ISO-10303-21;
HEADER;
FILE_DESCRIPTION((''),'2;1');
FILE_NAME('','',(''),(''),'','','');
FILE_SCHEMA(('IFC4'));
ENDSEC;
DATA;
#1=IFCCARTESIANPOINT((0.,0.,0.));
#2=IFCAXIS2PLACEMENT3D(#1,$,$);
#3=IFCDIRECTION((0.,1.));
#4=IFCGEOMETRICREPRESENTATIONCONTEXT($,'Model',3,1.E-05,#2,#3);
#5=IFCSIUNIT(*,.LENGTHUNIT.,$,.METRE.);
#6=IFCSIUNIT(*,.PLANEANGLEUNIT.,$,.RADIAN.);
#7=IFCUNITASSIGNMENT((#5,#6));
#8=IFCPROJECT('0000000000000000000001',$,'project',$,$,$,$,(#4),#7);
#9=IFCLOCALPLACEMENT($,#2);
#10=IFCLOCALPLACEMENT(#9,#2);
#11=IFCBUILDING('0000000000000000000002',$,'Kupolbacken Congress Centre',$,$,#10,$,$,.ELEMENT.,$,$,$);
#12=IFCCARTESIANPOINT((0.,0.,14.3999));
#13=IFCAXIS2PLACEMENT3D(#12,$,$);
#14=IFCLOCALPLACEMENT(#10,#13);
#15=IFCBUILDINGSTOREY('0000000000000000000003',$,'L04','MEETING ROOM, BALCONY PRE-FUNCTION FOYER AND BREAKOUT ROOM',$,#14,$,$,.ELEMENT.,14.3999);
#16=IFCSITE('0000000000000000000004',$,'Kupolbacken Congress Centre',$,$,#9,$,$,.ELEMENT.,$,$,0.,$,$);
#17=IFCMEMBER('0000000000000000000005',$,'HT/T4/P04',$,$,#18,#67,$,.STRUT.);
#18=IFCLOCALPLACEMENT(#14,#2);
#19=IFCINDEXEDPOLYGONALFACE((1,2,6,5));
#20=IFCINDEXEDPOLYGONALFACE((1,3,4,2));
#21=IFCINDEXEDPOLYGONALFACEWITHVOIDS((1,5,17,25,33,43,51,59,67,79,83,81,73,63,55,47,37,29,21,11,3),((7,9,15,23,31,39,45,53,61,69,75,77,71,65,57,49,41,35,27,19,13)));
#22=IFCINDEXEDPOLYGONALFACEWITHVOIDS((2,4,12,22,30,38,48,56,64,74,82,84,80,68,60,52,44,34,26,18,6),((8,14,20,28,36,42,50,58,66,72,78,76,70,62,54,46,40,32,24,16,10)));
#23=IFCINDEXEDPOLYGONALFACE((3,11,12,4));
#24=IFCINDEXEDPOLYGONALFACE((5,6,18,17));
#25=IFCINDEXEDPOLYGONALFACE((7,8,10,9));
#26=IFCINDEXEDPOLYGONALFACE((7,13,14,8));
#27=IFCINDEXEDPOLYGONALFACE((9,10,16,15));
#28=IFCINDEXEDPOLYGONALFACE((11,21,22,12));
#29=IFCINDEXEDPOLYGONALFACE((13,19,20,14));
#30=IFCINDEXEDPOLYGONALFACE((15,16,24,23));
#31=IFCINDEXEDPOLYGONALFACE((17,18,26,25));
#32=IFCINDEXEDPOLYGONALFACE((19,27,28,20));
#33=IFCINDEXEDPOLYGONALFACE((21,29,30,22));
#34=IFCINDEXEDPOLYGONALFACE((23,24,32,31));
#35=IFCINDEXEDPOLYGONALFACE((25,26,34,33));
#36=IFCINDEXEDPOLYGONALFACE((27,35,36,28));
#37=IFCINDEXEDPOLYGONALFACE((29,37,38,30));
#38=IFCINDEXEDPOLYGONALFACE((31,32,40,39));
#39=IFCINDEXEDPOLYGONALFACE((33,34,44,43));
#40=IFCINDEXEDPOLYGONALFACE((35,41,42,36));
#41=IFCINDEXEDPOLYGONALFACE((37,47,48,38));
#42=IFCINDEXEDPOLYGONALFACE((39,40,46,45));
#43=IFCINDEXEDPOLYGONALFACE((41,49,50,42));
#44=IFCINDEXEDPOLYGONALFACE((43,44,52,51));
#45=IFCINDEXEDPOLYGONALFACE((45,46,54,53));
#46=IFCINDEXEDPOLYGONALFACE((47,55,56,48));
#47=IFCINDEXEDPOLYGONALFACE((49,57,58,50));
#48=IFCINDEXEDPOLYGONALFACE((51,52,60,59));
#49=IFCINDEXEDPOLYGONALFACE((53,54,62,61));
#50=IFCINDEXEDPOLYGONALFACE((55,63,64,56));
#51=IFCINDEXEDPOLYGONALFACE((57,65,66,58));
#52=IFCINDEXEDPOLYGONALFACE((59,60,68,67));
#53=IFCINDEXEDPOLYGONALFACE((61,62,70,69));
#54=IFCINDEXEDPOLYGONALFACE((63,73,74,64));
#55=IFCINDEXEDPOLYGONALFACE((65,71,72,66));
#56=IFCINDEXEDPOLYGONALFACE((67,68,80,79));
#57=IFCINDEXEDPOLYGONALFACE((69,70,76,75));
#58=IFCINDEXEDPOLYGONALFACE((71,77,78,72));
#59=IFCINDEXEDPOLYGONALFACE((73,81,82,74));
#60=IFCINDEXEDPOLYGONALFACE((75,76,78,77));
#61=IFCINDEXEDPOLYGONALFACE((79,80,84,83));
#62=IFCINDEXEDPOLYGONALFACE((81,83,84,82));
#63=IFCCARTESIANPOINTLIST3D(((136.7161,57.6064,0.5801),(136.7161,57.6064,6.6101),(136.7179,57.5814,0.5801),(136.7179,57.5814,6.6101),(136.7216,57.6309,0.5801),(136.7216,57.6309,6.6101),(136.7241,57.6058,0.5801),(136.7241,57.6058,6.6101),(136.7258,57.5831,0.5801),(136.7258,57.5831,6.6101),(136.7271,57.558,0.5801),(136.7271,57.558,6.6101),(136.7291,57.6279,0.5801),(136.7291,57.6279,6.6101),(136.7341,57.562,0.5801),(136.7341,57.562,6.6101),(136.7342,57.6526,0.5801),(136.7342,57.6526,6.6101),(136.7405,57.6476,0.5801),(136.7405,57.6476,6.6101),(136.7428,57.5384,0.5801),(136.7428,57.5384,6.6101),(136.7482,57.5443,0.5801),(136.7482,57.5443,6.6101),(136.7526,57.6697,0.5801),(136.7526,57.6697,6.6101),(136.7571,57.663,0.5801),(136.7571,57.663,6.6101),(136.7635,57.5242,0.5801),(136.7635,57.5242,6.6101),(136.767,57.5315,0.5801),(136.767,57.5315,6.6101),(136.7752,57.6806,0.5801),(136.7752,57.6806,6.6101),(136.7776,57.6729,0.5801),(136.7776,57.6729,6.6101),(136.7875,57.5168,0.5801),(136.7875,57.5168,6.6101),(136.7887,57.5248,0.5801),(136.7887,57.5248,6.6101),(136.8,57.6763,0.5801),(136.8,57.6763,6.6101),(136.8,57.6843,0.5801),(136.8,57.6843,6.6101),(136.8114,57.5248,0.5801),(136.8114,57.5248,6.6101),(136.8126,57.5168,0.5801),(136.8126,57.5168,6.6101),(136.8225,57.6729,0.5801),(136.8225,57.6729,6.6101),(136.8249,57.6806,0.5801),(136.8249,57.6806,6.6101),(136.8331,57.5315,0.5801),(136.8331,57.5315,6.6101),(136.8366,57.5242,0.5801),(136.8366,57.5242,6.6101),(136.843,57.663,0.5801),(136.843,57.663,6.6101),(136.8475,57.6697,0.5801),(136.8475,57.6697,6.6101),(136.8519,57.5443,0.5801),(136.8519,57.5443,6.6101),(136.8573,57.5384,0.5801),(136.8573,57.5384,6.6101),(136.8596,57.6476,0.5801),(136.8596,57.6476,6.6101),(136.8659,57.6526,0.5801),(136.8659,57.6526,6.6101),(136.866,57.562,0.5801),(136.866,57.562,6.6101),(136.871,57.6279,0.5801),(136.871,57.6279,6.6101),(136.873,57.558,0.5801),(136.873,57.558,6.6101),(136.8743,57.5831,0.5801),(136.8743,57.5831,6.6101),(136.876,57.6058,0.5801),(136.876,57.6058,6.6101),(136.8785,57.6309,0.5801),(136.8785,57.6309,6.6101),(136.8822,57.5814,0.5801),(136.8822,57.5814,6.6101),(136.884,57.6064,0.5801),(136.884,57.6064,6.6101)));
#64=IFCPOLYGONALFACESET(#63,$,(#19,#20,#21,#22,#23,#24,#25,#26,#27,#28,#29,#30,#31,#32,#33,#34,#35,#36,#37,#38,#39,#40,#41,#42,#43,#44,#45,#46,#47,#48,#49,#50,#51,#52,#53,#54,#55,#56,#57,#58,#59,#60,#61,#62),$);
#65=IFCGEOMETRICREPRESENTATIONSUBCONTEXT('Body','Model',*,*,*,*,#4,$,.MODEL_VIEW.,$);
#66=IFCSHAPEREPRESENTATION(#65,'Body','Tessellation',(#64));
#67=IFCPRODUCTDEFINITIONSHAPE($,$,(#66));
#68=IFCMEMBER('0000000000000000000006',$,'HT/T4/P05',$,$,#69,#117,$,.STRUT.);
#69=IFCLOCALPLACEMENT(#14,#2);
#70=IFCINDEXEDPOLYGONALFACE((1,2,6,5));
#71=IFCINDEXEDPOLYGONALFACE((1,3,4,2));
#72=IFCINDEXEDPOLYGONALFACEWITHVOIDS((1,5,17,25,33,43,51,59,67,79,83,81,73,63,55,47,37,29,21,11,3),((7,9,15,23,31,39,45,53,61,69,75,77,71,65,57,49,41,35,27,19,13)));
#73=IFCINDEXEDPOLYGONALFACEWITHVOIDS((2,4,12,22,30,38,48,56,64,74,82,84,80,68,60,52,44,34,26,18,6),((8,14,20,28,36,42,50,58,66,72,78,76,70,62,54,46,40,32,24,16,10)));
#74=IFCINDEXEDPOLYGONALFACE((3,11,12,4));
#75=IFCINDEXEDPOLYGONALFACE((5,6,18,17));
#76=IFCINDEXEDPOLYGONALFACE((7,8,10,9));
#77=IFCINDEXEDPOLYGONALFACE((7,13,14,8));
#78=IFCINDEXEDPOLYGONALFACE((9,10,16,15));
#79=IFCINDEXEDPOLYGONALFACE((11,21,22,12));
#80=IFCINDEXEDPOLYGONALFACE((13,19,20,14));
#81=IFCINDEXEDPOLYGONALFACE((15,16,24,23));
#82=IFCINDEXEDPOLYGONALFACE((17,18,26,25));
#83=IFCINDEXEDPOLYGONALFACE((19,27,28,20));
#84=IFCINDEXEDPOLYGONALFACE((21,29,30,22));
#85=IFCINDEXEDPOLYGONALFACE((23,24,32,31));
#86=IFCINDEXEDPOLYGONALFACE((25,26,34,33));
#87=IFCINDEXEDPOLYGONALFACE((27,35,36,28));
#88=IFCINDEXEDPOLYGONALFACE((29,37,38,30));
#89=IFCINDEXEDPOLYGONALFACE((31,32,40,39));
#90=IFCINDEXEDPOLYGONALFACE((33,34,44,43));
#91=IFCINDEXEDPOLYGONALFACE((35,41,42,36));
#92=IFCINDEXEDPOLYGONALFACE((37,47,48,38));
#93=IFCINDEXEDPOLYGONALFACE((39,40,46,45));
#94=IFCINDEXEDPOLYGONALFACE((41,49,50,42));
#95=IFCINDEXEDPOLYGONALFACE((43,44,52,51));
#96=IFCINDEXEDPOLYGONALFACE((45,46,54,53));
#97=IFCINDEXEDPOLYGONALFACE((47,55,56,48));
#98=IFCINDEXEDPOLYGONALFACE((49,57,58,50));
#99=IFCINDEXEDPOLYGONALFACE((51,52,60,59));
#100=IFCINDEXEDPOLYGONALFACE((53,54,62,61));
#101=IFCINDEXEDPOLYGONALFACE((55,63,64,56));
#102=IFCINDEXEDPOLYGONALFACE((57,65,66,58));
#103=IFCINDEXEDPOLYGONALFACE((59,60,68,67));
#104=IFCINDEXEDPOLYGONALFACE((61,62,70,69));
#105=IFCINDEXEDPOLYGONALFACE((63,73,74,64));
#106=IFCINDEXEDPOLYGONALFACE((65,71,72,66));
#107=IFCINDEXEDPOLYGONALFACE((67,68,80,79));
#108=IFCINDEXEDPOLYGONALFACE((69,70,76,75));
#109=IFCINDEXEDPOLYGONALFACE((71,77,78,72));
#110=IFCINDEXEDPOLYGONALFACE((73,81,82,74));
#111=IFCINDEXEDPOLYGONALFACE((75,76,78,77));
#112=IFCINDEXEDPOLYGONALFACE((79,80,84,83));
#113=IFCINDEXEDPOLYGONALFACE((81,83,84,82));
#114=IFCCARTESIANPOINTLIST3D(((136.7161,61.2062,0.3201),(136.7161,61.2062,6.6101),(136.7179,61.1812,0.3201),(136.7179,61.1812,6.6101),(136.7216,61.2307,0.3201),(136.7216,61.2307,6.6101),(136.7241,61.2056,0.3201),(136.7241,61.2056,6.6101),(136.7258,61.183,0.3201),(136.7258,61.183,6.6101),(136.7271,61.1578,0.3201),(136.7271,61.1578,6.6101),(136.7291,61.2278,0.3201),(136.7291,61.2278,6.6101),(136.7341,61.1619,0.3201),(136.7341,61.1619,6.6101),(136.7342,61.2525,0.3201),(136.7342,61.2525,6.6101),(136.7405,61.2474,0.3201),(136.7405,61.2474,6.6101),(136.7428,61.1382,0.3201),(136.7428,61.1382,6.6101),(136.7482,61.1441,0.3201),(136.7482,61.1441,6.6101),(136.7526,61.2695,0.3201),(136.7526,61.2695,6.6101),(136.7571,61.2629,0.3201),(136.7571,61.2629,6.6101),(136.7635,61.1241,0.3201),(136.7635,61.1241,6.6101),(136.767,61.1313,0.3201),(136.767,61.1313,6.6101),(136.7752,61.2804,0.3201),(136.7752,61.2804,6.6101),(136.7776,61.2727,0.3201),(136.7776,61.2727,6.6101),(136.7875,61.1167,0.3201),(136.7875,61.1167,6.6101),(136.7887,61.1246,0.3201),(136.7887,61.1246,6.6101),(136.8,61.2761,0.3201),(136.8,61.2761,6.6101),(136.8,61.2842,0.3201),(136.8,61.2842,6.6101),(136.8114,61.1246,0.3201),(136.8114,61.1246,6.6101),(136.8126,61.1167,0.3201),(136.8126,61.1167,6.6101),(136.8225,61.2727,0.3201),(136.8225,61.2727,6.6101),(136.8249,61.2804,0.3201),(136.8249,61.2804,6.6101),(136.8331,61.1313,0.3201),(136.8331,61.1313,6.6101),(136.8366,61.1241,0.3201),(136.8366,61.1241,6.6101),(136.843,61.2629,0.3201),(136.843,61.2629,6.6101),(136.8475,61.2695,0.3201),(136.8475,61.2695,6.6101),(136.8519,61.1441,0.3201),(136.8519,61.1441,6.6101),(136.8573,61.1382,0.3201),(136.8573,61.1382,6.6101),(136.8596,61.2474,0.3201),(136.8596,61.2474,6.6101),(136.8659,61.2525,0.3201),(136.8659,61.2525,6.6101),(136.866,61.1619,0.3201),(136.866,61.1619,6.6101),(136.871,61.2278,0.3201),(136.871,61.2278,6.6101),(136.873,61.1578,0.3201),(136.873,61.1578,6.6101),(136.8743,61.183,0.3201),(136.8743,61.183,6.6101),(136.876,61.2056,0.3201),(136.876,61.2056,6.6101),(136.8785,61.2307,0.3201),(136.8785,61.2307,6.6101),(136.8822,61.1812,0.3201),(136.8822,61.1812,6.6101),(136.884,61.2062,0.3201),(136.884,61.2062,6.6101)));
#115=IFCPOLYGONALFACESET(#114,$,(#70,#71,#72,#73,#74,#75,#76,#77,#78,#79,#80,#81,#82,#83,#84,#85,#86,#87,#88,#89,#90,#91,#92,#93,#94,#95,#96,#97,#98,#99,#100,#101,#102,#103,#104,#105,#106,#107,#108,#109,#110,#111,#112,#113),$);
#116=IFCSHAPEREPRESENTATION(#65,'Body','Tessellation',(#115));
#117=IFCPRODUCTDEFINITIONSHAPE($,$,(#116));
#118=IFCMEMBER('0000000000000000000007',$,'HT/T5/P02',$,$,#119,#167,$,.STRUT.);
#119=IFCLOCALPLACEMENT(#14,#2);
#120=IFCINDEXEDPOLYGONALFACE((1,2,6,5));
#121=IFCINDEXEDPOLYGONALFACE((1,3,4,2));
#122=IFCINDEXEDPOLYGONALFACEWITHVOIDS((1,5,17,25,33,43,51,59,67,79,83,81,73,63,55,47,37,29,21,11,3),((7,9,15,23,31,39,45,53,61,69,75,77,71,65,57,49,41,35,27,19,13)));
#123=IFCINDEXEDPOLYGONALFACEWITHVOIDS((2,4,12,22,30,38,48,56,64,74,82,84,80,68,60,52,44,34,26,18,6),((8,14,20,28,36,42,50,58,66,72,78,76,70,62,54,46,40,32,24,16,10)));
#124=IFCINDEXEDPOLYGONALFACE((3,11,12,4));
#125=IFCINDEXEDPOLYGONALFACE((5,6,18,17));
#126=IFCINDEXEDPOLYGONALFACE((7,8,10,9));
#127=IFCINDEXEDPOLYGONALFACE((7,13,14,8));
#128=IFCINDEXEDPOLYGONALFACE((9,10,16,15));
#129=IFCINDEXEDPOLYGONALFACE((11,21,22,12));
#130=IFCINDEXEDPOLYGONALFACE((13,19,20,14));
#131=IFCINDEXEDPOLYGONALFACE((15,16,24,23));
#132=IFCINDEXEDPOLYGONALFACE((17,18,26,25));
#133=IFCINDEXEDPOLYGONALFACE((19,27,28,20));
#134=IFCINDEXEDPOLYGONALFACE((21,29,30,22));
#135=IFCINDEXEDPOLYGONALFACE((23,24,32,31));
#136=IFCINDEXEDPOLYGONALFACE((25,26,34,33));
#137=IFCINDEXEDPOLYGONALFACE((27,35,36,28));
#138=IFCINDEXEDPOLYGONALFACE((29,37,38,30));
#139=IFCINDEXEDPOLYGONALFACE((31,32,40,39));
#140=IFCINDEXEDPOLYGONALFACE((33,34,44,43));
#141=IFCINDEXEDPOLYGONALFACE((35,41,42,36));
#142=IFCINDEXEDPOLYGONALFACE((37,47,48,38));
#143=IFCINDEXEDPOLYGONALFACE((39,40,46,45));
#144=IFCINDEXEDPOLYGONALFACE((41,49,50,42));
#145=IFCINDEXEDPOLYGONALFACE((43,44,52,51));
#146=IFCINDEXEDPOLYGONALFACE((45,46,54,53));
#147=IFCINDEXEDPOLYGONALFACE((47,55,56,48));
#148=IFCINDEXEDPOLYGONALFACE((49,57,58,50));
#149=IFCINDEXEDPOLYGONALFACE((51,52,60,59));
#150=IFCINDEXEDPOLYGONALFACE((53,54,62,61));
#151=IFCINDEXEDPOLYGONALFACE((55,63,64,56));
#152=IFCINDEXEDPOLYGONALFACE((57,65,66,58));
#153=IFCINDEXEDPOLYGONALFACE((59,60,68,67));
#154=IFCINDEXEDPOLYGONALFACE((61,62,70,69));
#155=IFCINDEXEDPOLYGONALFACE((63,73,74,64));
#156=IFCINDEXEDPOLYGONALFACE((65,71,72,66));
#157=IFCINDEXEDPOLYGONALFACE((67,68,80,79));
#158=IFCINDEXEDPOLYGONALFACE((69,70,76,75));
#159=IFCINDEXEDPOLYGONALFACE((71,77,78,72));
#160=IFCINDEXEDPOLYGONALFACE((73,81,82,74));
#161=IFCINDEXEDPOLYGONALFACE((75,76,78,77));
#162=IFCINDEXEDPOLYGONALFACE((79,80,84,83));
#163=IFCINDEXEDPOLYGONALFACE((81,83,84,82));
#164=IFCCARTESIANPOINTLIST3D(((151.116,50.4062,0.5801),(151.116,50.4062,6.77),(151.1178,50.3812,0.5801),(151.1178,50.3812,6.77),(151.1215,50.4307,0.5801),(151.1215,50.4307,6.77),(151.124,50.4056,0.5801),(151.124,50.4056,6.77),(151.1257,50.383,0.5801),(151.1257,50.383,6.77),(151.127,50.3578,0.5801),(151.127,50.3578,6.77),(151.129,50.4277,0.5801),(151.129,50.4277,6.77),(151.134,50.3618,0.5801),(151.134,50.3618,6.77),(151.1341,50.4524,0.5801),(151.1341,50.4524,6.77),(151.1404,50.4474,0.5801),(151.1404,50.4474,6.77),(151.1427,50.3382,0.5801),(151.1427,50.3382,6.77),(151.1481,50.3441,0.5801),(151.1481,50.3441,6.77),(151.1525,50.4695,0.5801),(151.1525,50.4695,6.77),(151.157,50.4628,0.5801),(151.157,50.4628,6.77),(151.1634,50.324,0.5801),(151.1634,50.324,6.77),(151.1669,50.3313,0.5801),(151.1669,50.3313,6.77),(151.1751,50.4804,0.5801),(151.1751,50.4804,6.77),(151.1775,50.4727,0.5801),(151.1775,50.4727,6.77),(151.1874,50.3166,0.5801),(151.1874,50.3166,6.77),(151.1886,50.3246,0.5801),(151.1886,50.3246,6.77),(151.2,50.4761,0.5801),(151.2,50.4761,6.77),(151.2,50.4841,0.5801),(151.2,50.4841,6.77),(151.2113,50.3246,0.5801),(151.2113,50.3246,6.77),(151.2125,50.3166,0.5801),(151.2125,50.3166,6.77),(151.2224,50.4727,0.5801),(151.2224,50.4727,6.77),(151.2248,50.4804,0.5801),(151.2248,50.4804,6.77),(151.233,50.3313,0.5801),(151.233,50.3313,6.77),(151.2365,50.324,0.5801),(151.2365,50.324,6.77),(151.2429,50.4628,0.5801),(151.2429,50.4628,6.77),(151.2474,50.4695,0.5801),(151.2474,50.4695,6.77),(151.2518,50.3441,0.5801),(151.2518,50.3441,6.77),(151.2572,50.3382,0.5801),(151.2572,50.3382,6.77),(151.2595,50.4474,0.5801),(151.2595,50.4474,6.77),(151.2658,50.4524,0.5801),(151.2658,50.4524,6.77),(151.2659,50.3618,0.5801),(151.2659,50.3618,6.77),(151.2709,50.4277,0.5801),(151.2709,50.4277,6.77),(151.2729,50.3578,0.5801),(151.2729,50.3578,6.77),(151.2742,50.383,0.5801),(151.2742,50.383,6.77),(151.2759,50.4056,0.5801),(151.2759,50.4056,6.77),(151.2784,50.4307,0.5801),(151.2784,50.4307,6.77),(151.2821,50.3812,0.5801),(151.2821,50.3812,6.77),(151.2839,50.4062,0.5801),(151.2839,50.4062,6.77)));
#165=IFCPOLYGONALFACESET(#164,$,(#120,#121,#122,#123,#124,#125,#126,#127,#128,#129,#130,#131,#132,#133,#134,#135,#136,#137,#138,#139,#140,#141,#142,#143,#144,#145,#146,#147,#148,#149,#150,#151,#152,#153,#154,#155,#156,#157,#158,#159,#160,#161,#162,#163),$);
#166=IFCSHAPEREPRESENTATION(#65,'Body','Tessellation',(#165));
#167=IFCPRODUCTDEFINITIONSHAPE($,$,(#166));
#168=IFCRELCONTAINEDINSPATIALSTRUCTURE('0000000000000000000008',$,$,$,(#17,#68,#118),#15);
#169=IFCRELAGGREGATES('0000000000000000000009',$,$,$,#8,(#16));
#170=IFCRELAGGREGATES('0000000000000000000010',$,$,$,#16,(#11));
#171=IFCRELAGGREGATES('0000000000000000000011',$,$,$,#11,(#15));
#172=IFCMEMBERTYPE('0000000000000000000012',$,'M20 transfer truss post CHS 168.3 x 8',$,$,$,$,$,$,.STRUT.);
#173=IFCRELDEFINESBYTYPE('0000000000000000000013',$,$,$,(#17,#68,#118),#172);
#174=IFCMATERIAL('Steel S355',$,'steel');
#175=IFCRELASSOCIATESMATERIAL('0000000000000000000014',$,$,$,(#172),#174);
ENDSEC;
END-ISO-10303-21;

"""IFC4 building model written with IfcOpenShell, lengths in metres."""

from ifc_helpers import new_model, si_unit, direction, frame, origin, origin_2d, place, context, subcontext, project, spatial, hollow_circle, extrude, material, material_profile, profile_set, type_object, element, save


model = new_model("IFC4")

# Units and contexts
model_context = context("Model", 3, precision=1e-05, world=origin(), true_north=direction((0.0, 1.0)))
body_context = subcontext(model_context, "Body", "Model", "MODEL_VIEW")
ifc_project = project(units=[si_unit("LENGTHUNIT", "METRE"), si_unit("PLANEANGLEUNIT", "RADIAN")], contexts=[model_context])

# Site, building, storey
site_placement = place(None, origin())
site = spatial("IfcSite", under=ifc_project, at=site_placement, Name="Kupolbacken Congress Centre", CompositionType="ELEMENT", RefElevation=0.0)
building_placement = place(site_placement, origin())
building = spatial("IfcBuilding", under=site, at=building_placement, Name="Kupolbacken Congress Centre", CompositionType="ELEMENT")
storey_placement = place(building_placement, frame((0.0, 0.0, 14.3999)))
storey = spatial("IfcBuildingStorey", under=building, at=storey_placement, Name="L04", Description="MEETING ROOM, BALCONY PRE-FUNCTION FOYER AND BREAKOUT ROOM", CompositionType="ELEMENT", Elevation=14.3999)

# Members
ifc_material_1 = material(Name="Steel S355", Category="steel")
ifc_material_profile_1 = material_profile(ifc_material_1, hollow_circle(Radius=0.0842, WallThickness=0.0081, at=origin_2d()), Name="CHS 168.3 x 8")
ifc_profile_set_1 = profile_set([ifc_material_profile_1], Name="Steel S355")
member_type_1 = type_object("IfcMemberType", Name="M20 transfer truss post CHS 168.3 x 8", PredefinedType="STRUT", material=ifc_profile_set_1)
member_1_placement = place(storey_placement, frame((136.8, 57.6001, 0.5801), z_axis=(0.0, 0.0, 1.0), x_axis=(0.0, 1.0, 0.0)))
element("IfcMember", 1, at=member_1_placement, inside=storey, type_object=member_type_1, Name="HT/T4/P04", PredefinedType="STRUT", context=body_context, shape_type="SweptSolid", body=[
    extrude(hollow_circle(Radius=0.0842, WallThickness=0.0081, at=origin_2d()), origin(), (0.0, 0.0, 1.0), 6.03),
])
member_2_placement = place(storey_placement, frame((136.8, 61.2, 0.3201), z_axis=(0.0, 0.0, 1.0), x_axis=(0.0, 1.0, 0.0)))
element("IfcMember", 2, at=member_2_placement, inside=storey, type_object=member_type_1, Name="HT/T4/P05", PredefinedType="STRUT", context=body_context, shape_type="SweptSolid", body=[
    extrude(hollow_circle(Radius=0.0842, WallThickness=0.0081, at=origin_2d()), origin(), (0.0, 0.0, 1.0), 6.29),
])
for number, where, z_axis, x_axis, name in (
    (3, (151.2, 50.3999, 0.5801), (0.0, 0.0, 1.0), (0.0, 1.0, 0.0), "HT/T5/P02"),
):
    element("IfcMember", number, at=place(storey_placement, frame(where, z_axis=z_axis, x_axis=x_axis)), inside=storey, type_object=member_type_1, Name=name, PredefinedType="STRUT", context=body_context, shape_type="SweptSolid", body=[
        extrude(hollow_circle(Radius=0.0842, WallThickness=0.0081, at=origin_2d()), origin(), (0.0, 0.0, 1.0), 6.1899),
    ])

save(model, "model.ifc")
